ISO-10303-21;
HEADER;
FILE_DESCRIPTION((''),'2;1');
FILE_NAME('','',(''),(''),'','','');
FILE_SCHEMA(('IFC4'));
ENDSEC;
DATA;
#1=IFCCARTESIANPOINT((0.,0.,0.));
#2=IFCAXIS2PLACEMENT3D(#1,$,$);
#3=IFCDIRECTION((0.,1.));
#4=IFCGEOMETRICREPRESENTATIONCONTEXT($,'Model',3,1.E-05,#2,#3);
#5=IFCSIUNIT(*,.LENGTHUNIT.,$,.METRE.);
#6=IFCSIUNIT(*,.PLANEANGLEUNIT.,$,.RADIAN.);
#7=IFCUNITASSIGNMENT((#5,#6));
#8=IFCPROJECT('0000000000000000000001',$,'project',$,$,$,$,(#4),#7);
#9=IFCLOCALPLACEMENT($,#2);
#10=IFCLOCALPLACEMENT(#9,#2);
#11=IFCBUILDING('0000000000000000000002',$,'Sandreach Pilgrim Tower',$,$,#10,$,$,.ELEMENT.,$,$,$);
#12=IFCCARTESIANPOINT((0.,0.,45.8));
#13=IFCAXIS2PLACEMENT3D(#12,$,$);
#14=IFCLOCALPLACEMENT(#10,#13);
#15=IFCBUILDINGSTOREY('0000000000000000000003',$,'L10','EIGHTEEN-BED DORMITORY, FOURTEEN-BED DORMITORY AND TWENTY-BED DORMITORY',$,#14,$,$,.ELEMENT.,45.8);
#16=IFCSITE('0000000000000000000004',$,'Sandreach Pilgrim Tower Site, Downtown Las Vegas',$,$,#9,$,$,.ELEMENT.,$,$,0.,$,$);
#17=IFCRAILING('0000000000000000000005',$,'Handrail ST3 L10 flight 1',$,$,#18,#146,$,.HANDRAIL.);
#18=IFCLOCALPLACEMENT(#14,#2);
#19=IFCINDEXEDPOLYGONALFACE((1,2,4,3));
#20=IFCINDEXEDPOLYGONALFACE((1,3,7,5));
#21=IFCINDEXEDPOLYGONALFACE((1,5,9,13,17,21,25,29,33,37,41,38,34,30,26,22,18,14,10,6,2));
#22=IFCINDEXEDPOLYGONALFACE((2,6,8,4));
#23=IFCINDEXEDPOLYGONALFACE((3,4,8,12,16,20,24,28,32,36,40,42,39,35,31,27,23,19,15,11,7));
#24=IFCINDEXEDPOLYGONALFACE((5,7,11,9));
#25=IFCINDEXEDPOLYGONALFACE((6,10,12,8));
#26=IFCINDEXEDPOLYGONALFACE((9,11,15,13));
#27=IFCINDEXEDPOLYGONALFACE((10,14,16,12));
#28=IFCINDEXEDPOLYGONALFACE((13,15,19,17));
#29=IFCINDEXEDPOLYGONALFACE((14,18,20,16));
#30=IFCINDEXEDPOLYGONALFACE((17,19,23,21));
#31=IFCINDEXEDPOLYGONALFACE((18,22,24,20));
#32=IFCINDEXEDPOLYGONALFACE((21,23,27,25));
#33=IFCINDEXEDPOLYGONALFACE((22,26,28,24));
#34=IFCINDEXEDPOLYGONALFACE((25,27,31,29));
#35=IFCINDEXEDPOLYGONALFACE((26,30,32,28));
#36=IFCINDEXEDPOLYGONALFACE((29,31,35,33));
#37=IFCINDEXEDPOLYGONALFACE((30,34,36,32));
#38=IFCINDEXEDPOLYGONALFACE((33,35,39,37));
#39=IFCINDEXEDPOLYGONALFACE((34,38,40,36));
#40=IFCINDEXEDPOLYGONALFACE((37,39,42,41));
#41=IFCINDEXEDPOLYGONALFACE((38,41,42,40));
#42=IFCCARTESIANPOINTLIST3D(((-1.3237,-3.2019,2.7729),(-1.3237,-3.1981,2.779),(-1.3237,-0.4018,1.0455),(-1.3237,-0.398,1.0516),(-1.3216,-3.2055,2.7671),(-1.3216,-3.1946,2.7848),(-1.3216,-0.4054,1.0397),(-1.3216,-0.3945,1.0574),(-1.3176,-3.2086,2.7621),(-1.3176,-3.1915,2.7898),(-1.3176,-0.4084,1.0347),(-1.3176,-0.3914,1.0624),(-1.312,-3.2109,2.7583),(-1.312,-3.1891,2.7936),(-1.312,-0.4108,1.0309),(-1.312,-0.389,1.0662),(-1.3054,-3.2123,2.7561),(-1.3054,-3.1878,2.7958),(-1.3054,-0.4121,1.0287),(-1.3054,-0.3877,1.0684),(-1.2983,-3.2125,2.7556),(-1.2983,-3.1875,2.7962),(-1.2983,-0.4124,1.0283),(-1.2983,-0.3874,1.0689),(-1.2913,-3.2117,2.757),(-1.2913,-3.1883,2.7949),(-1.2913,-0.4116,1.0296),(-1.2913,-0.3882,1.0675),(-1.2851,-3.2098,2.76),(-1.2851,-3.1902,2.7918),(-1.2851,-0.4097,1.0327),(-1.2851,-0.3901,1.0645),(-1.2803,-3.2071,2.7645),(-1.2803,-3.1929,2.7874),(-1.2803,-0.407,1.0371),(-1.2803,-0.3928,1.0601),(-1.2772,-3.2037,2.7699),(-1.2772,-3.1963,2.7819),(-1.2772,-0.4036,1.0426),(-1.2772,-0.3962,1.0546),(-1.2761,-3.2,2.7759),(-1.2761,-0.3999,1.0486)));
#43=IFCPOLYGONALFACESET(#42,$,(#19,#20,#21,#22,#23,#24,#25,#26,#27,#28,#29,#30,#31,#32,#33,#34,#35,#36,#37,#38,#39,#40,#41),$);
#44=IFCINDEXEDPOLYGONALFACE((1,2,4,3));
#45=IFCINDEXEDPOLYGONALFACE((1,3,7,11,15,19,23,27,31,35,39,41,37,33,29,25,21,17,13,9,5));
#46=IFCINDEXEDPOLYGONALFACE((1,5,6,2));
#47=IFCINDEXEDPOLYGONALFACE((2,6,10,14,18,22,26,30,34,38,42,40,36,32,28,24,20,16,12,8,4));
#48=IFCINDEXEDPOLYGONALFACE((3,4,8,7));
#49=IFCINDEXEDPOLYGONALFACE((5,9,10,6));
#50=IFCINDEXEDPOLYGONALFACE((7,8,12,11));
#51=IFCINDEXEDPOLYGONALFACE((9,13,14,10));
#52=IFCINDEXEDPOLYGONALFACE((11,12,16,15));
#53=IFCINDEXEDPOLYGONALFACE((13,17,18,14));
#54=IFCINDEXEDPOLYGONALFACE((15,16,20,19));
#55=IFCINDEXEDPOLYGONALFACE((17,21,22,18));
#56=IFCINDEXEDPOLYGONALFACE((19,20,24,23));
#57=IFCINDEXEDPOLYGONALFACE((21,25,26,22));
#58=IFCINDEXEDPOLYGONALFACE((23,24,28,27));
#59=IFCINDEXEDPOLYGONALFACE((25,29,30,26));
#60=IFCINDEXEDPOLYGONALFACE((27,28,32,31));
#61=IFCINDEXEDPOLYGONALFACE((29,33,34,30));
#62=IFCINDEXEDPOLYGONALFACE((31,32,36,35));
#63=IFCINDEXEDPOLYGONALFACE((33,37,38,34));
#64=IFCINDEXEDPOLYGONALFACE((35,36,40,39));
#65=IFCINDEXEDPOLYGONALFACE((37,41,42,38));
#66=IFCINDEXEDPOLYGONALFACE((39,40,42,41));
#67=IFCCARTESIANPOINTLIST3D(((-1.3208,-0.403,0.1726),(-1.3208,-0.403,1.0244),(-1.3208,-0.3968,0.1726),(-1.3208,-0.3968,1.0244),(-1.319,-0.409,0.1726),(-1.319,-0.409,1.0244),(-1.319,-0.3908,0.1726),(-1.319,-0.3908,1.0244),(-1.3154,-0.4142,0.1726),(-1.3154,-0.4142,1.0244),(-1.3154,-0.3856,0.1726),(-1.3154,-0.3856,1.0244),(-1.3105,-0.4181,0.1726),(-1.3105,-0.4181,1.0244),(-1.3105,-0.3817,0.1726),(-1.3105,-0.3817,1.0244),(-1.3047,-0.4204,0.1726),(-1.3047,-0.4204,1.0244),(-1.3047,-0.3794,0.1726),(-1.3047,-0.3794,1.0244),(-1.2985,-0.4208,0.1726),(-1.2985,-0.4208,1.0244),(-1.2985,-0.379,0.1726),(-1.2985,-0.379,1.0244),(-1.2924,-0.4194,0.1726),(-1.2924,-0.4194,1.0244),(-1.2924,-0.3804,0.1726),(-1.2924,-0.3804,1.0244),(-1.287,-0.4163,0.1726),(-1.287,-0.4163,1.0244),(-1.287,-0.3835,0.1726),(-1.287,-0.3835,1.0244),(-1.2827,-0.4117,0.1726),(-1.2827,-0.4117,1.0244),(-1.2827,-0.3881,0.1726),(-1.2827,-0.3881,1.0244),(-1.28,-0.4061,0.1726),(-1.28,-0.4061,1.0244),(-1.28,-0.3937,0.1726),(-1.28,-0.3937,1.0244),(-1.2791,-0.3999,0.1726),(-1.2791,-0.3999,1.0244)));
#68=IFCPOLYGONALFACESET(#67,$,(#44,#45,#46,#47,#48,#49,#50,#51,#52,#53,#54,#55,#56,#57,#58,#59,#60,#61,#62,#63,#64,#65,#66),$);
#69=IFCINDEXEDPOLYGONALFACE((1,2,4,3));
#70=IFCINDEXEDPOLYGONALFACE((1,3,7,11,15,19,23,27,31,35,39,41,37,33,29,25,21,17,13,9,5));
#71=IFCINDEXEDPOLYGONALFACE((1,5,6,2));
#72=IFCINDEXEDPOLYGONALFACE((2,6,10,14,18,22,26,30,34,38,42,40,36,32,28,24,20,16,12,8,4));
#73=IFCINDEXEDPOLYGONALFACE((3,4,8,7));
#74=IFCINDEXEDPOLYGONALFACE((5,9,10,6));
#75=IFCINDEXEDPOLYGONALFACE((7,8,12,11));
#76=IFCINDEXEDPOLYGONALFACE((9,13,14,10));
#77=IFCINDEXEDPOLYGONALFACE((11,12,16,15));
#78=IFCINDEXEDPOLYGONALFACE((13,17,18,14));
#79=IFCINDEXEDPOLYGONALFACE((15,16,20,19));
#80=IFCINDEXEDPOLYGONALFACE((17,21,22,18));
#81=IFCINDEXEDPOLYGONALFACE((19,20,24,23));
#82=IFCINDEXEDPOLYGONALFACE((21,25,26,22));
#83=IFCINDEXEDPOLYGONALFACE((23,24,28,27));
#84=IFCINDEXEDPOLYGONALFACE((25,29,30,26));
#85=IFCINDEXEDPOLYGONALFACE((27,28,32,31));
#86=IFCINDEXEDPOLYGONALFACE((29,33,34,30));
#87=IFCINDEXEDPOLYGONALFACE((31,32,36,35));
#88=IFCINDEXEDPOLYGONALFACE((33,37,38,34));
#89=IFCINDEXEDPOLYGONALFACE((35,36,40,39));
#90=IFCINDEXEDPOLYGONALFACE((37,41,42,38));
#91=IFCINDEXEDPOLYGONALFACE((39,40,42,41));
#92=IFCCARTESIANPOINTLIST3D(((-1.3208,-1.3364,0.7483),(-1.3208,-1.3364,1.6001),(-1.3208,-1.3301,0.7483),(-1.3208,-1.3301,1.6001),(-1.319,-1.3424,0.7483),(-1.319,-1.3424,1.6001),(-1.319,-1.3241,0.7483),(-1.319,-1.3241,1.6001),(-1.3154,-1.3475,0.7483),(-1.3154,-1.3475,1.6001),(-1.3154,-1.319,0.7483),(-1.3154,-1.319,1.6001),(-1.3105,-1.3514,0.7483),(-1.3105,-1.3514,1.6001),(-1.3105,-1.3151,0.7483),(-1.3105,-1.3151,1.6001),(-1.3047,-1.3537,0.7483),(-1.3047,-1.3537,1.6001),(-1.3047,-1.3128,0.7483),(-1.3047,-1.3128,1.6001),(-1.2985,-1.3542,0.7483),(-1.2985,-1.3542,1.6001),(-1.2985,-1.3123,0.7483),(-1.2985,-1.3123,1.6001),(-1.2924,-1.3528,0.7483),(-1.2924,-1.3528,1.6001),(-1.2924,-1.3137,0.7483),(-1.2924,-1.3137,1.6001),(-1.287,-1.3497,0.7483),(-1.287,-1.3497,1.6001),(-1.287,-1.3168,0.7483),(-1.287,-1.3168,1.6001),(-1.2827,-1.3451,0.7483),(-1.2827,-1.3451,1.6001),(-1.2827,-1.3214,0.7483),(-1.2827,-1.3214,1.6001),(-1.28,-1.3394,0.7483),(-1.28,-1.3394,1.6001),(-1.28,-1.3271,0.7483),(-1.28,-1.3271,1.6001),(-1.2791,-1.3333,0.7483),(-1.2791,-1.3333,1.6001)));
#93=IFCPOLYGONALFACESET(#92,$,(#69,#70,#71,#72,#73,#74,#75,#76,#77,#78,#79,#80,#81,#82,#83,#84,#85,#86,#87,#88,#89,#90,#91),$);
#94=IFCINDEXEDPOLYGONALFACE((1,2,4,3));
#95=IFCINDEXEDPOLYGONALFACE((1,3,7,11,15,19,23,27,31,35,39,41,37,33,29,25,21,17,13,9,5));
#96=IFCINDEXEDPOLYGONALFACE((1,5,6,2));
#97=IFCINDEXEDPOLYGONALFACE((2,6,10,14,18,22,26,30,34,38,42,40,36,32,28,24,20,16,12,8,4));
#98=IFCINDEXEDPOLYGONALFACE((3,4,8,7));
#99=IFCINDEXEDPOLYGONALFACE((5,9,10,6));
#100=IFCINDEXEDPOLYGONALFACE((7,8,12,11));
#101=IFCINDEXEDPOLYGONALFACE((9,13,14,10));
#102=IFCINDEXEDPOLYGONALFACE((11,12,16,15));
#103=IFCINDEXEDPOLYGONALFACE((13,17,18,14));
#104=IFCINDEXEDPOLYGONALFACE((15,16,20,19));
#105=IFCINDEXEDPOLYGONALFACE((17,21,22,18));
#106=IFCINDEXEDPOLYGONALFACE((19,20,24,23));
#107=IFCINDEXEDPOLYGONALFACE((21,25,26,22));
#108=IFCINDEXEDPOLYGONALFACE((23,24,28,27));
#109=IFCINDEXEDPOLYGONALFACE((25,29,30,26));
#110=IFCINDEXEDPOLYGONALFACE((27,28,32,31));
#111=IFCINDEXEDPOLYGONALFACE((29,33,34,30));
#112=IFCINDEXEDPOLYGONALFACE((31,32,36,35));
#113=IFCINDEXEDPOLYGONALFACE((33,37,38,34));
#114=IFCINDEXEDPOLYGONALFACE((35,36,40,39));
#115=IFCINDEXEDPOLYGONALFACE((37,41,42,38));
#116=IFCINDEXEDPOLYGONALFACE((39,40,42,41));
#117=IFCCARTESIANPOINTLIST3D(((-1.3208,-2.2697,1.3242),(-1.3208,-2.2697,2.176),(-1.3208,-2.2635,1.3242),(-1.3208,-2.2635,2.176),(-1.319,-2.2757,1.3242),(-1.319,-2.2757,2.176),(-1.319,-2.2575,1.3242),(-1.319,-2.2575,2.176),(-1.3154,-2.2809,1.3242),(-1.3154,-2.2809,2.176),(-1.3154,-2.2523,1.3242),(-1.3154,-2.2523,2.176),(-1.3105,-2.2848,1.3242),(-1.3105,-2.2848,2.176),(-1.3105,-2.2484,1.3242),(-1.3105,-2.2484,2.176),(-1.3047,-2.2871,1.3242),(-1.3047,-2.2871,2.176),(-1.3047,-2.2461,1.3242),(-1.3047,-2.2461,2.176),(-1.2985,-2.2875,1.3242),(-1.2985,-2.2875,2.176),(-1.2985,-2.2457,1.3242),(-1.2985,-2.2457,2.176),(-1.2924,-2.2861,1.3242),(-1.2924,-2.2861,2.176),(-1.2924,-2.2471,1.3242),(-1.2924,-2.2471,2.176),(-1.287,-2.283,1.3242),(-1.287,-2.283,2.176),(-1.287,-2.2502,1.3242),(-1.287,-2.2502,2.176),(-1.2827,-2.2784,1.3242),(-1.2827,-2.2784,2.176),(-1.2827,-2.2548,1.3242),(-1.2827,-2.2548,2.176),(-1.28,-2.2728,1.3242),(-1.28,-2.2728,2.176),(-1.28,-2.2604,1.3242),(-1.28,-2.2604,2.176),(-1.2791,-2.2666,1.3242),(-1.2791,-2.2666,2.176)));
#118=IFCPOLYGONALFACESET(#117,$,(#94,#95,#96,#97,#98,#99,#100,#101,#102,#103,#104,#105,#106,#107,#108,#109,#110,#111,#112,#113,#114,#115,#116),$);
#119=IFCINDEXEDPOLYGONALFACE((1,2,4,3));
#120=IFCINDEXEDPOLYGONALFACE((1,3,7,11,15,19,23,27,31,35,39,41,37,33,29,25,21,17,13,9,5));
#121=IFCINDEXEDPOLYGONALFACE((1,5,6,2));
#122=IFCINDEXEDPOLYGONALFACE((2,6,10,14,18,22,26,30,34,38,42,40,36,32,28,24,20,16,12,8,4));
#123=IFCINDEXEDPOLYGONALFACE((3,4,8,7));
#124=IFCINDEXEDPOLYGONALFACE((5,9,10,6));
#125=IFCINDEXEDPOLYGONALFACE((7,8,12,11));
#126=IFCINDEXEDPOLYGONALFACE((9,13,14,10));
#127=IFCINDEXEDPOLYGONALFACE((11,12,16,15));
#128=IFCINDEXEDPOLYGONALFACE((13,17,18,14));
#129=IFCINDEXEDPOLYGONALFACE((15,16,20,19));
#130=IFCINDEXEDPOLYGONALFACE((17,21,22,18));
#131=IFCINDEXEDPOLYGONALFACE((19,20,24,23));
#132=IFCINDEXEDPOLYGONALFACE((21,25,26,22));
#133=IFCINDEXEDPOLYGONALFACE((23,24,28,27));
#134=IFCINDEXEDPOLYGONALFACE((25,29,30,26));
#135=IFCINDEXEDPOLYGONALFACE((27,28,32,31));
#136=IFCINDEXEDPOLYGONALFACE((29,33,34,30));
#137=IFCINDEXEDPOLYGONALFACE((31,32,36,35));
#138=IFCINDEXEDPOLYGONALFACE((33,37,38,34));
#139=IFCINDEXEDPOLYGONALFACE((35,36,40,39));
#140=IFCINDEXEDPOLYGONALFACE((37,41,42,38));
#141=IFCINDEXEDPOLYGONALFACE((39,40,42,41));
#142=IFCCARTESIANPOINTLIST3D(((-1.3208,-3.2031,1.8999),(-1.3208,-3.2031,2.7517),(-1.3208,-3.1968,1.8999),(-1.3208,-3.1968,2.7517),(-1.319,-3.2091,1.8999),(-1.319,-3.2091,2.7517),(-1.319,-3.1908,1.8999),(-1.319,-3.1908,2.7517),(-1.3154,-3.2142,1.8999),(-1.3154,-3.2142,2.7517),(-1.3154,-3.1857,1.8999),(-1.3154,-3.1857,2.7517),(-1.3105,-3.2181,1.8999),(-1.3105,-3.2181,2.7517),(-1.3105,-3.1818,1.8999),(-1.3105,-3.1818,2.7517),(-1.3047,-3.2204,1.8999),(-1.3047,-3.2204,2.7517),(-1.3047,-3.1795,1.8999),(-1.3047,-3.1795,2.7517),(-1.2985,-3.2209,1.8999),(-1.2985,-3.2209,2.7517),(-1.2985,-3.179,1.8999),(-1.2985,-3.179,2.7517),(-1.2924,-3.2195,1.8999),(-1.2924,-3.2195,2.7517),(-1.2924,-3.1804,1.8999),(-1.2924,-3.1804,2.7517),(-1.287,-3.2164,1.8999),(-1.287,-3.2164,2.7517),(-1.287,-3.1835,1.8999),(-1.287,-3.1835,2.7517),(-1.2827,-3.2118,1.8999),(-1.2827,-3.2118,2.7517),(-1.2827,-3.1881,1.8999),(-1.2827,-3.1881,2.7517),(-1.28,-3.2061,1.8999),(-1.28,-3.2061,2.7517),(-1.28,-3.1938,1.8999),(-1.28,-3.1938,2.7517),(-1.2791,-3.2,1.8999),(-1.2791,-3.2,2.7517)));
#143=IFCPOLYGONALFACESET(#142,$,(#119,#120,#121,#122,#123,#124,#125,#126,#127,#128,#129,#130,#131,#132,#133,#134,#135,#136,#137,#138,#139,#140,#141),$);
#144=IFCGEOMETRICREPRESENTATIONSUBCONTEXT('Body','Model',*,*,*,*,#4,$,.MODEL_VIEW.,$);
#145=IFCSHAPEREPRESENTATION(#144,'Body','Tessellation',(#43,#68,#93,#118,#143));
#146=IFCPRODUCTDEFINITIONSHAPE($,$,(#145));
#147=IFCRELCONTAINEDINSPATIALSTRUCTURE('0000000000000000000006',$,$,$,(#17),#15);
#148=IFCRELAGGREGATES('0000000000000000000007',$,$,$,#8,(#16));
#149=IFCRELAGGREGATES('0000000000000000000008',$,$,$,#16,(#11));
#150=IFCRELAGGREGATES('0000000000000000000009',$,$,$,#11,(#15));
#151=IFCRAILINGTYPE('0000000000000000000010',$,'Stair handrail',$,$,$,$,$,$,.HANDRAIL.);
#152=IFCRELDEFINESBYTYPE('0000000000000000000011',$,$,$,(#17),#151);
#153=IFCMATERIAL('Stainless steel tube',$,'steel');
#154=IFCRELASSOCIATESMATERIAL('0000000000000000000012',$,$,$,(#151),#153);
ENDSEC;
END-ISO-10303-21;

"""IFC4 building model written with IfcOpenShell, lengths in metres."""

from ifc_helpers import new_model, si_unit, direction, frame, origin, origin_2d, place, context, subcontext, project, spatial, circle, extrude, material, type_object, element, save


model = new_model("IFC4")

# Units and contexts
model_context = context("Model", 3, precision=1e-05, world=origin(), true_north=direction((0.0, 1.0)))
body_context = subcontext(model_context, "Body", "Model", "MODEL_VIEW")
ifc_project = project(units=[si_unit("LENGTHUNIT", "METRE"), si_unit("PLANEANGLEUNIT", "RADIAN")], contexts=[model_context])

# Site, building, storey
site_placement = place(None, origin())
site = spatial("IfcSite", under=ifc_project, at=site_placement, Name="Sandreach Pilgrim Tower Site, Downtown Las Vegas", CompositionType="ELEMENT", RefElevation=0.0)
building_placement = place(site_placement, origin())
building = spatial("IfcBuilding", under=site, at=building_placement, Name="Sandreach Pilgrim Tower", CompositionType="ELEMENT")
storey_placement = place(building_placement, frame((0.0, 0.0, 45.8)))
storey = spatial("IfcBuildingStorey", under=building, at=storey_placement, Name="L10", Description="EIGHTEEN-BED DORMITORY, FOURTEEN-BED DORMITORY AND TWENTY-BED DORMITORY", CompositionType="ELEMENT", Elevation=45.8)

# Railing
ifc_material_1 = material(Name="Stainless steel tube", Category="steel")
railing_type = type_object("IfcRailingType", Name="Stair handrail", PredefinedType="HANDRAIL", material=ifc_material_1)
for number, where, name in (
    (1, (-1.3, -0.3999, 0.1726), "Handrail ST3 L10 flight 1"),
):
    element("IfcRailing", number, at=place(storey_placement, frame(where)), inside=storey, type_object=railing_type, Name=name, PredefinedType="HANDRAIL", context=body_context, shape_type="SweptSolid", body=[
        extrude(circle(Radius=0.0239, at=origin_2d()), frame((0.0, 0.0, 0.876), z_axis=(0.0, -0.85109, 0.52502), x_axis=(1.0, 0.0, 0.0)), (0.0, 0.0, 1.0), 3.29),
        extrude(circle(Radius=0.021, at=origin_2d()), origin(), (0.0, 0.0, 1.0), 0.8518),
        extrude(circle(Radius=0.021, at=origin_2d()), frame((0.0, -0.9333, 0.5757)), (0.0, 0.0, 1.0), 0.8518),
        extrude(circle(Radius=0.021, at=origin_2d()), frame((0.0, -1.8667, 1.1516)), (0.0, 0.0, 1.0), 0.8518),
        extrude(circle(Radius=0.021, at=origin_2d()), frame((0.0, -2.8, 1.7273)), (0.0, 0.0, 1.0), 0.8518),
    ])

save(model, "model.ifc")
